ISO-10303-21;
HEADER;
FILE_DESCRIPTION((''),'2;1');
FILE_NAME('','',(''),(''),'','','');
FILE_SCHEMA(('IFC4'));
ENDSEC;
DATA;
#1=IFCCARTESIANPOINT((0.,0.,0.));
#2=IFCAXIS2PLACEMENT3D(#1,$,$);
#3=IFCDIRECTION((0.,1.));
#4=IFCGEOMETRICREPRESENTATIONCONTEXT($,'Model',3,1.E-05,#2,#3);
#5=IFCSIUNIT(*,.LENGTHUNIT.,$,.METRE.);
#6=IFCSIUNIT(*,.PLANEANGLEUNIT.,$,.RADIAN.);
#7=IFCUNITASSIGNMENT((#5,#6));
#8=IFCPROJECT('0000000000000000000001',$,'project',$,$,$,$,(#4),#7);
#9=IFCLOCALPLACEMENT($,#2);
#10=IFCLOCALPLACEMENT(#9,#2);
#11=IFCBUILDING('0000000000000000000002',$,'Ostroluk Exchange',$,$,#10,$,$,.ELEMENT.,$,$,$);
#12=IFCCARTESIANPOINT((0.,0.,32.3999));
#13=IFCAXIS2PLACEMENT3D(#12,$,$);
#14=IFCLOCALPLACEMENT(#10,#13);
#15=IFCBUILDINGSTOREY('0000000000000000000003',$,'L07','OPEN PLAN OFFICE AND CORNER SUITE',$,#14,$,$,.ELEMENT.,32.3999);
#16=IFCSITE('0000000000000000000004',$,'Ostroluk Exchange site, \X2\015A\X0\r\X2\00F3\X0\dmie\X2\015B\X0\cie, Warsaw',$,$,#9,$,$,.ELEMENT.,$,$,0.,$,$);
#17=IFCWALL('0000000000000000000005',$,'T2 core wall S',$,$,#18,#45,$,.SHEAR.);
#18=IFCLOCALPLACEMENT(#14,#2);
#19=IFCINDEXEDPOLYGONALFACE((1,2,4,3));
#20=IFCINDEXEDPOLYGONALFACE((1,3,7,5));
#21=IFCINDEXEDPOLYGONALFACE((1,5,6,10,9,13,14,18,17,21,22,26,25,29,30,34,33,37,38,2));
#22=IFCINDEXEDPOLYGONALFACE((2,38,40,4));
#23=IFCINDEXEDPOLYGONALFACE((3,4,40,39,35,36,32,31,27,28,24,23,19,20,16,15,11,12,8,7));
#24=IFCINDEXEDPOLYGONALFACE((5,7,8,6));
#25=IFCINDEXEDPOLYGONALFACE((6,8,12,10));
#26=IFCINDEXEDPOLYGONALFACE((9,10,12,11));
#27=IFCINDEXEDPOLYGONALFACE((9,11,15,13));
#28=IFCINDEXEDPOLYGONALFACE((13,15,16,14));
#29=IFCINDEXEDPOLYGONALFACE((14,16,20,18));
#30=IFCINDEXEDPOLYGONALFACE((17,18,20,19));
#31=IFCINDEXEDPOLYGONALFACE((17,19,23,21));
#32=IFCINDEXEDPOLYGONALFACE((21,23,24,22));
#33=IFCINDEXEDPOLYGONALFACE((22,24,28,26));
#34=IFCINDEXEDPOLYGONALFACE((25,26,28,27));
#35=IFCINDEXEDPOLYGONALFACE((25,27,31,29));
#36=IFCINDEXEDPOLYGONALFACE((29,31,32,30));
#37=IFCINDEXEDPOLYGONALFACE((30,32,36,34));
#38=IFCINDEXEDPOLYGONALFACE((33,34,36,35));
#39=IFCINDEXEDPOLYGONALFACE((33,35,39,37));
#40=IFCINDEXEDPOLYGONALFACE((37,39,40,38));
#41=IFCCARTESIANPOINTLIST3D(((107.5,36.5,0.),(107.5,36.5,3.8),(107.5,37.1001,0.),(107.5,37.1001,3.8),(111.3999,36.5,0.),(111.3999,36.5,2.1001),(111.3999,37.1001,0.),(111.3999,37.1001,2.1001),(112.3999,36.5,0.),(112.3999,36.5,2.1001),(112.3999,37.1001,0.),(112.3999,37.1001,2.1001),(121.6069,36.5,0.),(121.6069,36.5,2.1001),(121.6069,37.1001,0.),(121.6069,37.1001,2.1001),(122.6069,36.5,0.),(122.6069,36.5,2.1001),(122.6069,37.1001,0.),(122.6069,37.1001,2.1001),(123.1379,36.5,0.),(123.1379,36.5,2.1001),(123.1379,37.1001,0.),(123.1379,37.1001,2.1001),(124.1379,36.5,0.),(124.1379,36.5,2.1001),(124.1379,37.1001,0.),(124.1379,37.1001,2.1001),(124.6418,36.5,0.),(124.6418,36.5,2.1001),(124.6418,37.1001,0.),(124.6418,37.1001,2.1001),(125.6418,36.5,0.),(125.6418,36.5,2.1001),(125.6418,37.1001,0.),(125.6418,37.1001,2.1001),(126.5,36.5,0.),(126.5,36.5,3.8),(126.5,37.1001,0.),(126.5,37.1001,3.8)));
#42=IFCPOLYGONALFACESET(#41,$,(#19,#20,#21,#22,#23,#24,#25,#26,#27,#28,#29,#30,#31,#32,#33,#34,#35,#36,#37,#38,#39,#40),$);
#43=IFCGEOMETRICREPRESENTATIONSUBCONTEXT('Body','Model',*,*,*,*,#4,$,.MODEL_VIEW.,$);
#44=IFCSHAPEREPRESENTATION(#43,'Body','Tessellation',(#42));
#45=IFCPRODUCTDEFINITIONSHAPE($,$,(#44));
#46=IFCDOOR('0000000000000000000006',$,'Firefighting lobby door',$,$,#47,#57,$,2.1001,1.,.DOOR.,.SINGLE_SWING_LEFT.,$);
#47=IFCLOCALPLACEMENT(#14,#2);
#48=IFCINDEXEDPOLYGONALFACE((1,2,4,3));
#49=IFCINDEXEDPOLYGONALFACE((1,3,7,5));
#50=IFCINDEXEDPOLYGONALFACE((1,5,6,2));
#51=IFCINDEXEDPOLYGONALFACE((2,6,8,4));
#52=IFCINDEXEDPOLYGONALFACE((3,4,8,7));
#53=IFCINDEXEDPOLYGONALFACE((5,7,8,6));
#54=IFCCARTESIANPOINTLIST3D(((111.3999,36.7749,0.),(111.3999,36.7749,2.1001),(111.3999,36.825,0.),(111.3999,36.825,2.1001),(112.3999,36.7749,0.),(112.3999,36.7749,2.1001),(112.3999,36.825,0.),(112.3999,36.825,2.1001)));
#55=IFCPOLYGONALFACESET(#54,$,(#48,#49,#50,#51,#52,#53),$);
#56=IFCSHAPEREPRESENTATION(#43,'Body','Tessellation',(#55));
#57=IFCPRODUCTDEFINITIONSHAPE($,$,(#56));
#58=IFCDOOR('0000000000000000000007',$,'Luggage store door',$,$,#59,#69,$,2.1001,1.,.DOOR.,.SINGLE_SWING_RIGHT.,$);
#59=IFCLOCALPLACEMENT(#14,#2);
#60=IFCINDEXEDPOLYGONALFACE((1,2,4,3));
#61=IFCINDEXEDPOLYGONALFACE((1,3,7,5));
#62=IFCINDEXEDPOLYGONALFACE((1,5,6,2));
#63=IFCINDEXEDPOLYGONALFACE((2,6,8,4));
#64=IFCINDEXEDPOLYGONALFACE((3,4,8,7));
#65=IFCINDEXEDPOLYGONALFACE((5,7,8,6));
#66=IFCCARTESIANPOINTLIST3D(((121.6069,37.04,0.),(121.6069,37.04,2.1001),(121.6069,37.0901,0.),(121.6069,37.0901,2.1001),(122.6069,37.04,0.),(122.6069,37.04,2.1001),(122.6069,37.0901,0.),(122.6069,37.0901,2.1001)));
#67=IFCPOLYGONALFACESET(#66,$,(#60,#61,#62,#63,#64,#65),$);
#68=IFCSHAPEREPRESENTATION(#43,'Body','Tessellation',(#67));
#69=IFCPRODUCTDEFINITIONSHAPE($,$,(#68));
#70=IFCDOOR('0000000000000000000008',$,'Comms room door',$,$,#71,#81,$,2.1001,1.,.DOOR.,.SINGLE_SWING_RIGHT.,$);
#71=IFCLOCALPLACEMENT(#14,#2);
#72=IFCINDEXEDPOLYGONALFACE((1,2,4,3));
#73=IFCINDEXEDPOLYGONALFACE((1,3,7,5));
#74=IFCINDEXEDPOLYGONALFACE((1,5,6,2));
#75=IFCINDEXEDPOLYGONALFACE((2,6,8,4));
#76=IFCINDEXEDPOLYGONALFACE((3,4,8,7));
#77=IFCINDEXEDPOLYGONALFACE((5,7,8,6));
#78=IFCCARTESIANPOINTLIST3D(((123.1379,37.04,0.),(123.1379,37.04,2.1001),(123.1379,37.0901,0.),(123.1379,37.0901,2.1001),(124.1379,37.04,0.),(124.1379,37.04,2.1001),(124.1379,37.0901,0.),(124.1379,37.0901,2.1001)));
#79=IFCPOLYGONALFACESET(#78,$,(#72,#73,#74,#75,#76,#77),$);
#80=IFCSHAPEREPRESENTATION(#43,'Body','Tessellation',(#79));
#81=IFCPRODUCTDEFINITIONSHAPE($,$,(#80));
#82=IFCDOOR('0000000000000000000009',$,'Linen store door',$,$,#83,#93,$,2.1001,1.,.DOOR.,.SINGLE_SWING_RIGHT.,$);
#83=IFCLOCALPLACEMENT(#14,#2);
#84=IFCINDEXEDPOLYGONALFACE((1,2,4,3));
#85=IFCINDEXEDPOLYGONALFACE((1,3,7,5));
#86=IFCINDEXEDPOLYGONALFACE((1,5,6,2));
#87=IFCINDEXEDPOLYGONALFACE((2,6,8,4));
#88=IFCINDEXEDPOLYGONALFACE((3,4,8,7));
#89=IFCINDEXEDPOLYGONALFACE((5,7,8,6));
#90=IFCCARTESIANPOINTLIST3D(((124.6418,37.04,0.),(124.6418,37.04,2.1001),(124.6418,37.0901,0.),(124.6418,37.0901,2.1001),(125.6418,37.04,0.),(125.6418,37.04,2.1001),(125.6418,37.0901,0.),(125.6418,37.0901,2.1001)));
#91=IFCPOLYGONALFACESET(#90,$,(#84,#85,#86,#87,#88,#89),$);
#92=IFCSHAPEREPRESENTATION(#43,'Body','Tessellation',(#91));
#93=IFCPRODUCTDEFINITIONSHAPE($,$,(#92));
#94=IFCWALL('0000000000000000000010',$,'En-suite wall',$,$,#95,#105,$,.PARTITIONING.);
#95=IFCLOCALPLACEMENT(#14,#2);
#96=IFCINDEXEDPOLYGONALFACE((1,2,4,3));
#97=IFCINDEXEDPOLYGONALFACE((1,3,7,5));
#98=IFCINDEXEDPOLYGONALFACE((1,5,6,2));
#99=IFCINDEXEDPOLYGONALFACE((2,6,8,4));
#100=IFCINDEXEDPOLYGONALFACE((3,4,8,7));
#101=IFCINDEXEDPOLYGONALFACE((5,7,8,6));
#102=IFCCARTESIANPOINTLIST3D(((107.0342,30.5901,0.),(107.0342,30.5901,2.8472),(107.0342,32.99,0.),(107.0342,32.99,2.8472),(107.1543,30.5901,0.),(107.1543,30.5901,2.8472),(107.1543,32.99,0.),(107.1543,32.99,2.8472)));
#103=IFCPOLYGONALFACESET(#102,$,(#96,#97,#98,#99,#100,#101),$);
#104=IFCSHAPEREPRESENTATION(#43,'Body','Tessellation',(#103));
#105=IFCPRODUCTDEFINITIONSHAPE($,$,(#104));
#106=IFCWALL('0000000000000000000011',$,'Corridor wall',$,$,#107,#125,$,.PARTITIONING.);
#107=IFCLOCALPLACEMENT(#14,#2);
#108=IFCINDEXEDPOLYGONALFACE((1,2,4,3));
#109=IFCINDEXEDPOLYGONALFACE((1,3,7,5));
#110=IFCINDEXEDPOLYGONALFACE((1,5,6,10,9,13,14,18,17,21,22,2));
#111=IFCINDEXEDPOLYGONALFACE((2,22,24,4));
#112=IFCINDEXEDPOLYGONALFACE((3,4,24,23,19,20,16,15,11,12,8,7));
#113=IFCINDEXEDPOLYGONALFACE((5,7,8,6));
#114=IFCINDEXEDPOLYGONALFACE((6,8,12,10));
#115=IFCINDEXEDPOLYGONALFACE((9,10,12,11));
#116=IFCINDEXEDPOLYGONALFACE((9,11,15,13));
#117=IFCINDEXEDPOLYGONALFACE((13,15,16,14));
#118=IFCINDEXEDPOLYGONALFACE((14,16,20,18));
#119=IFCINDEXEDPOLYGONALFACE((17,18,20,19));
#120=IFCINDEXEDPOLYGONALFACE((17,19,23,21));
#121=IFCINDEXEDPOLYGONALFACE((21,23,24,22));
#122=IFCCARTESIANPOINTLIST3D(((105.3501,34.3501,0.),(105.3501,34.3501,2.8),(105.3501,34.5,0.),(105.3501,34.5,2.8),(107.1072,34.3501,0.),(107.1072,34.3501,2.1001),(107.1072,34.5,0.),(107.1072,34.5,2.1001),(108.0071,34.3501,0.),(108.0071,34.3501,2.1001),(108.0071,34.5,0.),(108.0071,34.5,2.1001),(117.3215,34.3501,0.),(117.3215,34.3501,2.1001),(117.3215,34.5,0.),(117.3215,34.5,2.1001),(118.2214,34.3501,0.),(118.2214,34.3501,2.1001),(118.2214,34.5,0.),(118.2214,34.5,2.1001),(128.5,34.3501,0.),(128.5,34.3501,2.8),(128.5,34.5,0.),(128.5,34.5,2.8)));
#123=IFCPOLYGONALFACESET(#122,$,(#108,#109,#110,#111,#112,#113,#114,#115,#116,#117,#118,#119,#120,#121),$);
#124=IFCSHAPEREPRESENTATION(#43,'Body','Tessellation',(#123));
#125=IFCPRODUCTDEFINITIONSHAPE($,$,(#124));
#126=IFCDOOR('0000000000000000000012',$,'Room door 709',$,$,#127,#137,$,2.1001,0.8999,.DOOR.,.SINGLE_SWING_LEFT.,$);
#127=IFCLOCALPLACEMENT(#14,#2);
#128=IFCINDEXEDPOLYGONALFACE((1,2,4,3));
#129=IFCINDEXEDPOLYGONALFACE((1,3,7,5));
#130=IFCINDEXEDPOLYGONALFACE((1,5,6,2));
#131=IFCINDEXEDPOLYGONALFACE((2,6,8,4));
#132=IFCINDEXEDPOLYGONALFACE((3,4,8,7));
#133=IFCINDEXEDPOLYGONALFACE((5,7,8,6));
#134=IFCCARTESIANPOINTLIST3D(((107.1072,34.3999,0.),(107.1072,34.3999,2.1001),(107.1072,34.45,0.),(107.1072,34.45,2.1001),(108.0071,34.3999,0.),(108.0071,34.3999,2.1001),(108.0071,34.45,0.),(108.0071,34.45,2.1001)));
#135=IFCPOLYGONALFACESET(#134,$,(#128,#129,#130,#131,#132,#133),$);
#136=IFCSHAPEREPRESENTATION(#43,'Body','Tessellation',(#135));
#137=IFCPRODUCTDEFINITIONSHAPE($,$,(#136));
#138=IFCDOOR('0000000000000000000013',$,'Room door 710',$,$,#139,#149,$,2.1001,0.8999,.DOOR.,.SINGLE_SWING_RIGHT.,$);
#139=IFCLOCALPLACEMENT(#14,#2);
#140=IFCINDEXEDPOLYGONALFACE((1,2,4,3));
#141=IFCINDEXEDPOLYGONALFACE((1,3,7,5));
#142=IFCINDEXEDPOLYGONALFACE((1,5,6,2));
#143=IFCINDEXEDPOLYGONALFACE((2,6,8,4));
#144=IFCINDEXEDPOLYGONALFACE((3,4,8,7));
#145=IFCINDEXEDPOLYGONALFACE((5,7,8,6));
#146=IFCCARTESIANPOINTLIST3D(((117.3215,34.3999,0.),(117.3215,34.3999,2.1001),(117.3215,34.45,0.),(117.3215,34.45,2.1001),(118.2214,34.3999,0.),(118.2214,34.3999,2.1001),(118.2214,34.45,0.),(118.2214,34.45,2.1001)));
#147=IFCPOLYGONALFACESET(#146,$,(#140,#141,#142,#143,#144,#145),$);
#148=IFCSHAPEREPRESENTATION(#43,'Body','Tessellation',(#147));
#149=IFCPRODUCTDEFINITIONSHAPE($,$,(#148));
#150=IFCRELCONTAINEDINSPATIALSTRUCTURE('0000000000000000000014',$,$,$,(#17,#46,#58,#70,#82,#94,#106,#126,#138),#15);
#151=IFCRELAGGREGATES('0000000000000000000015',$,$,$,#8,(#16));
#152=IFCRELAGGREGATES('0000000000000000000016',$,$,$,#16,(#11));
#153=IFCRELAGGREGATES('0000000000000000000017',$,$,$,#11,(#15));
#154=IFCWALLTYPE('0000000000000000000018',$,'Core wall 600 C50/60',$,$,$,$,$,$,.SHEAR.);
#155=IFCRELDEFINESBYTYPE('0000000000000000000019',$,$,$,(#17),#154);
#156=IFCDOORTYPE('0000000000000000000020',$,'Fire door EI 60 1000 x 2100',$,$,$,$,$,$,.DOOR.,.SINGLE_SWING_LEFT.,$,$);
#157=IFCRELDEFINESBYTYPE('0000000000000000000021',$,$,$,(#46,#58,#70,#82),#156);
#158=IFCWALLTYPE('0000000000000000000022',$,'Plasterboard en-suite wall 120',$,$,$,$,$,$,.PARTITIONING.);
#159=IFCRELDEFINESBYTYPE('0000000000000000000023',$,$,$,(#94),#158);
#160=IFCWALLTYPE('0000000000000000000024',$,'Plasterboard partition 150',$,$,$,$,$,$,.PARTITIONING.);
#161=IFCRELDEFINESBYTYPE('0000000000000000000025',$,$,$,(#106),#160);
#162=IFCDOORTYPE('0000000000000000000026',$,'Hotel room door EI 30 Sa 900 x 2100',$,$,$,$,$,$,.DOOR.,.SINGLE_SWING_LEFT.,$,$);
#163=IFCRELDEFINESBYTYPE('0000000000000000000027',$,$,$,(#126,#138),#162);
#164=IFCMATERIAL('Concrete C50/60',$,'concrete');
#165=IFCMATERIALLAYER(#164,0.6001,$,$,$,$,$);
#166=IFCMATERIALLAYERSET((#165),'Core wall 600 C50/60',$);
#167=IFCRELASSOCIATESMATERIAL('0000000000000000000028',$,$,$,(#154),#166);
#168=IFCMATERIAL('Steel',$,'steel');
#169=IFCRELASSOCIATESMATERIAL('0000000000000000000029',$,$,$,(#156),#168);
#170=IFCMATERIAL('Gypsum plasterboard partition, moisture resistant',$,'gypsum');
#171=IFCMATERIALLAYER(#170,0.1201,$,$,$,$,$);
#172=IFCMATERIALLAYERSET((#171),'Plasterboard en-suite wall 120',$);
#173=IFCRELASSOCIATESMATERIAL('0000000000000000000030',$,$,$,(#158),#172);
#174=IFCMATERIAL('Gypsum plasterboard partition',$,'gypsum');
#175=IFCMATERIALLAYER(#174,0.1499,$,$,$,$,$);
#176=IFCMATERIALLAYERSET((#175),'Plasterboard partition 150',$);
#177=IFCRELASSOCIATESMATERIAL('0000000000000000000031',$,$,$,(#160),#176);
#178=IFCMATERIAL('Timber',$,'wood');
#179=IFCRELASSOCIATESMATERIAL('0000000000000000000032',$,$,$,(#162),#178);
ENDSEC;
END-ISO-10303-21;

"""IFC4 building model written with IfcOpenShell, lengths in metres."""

from ifc_helpers import new_model, si_unit, direction, frame, frame_2d, origin, place, context, subcontext, project, spatial, rectangle, extrude, material, layer, layer_set, type_object, element, fill, save


model = new_model("IFC4")

# Units and contexts
model_context = context("Model", 3, precision=1e-05, world=origin(), true_north=direction((0.0, 1.0)))
body_context = subcontext(model_context, "Body", "Model", "MODEL_VIEW")
ifc_project = project(units=[si_unit("LENGTHUNIT", "METRE"), si_unit("PLANEANGLEUNIT", "RADIAN")], contexts=[model_context])

# Site, building, storey
site_placement = place(None, origin())
site = spatial("IfcSite", under=ifc_project, at=site_placement, Name="Ostroluk Exchange site, Śródmieście, Warsaw", CompositionType="ELEMENT", RefElevation=0.0)
building_placement = place(site_placement, origin())
building = spatial("IfcBuilding", under=site, at=building_placement, Name="Ostroluk Exchange", CompositionType="ELEMENT")
storey_placement = place(building_placement, frame((0.0, 0.0, 32.3999)))
storey = spatial("IfcBuildingStorey", under=building, at=storey_placement, Name="L07", Description="OPEN PLAN OFFICE AND CORNER SUITE", CompositionType="ELEMENT", Elevation=32.3999)

# Wall, openings, doors
ifc_material_1 = material(Name="Concrete C50/60", Category="concrete")
ifc_layer_1 = layer(ifc_material_1, 0.6001)
ifc_layer_set_1 = layer_set([ifc_layer_1], Name="Core wall 600 C50/60")
wall_type_1 = type_object("IfcWallType", Name="Core wall 600 C50/60", PredefinedType="SHEAR", material=ifc_layer_set_1)
wall_1_placement = place(storey_placement, frame((107.5, 36.8, 0.0), z_axis=(0.0, 0.0, 1.0), x_axis=(1.0, 0.0, 0.0)))
wall_1 = element("IfcWall", 1, at=wall_1_placement, inside=storey, type_object=wall_type_1, Name="T2 core wall S", PredefinedType="SHEAR", context=body_context, shape_type="SweptSolid", body=[
    extrude(rectangle(XDim=19.0, YDim=0.6001, at=frame_2d((9.5, 0.0))), origin(), (0.0, 0.0, 1.0), 3.8),
])
opening_1_placement = place(wall_1_placement, frame((3.8999, 0.0, 0.0)))
opening_1 = element("IfcOpeningElement", 2, at=opening_1_placement, cuts=wall_1, PredefinedType="OPENING", context=body_context, shape_type="SweptSolid", body=[
    extrude(rectangle(XDim=1.0, YDim=2.1001, at=frame_2d((0.5, 1.05))), frame((0.0, 0.3101, 0.0), z_axis=(0.0, -1.0, 0.0), x_axis=(1.0, 0.0, 0.0)), (0.0, 0.0, 1.0), 0.6201),
])
opening_2_placement = place(wall_1_placement, frame((14.1069, 0.0, 0.0)))
opening_2 = element("IfcOpeningElement", 3, at=opening_2_placement, cuts=wall_1, PredefinedType="OPENING", context=body_context, shape_type="SweptSolid", body=[
    extrude(rectangle(XDim=1.0, YDim=2.1001, at=frame_2d((0.5, 1.05))), frame((0.0, 0.3101, 0.0), z_axis=(0.0, -1.0, 0.0), x_axis=(1.0, 0.0, 0.0)), (0.0, 0.0, 1.0), 0.6201),
])
opening_3_placement = place(wall_1_placement, frame((15.6379, 0.0, 0.0)))
opening_3 = element("IfcOpeningElement", 4, at=opening_3_placement, cuts=wall_1, PredefinedType="OPENING", context=body_context, shape_type="SweptSolid", body=[
    extrude(rectangle(XDim=1.0, YDim=2.1001, at=frame_2d((0.5, 1.05))), frame((0.0, 0.3101, 0.0), z_axis=(0.0, -1.0, 0.0), x_axis=(1.0, 0.0, 0.0)), (0.0, 0.0, 1.0), 0.6201),
])
opening_4_placement = place(wall_1_placement, frame((17.1418, 0.0, 0.0)))
opening_4 = element("IfcOpeningElement", 5, at=opening_4_placement, cuts=wall_1, PredefinedType="OPENING", context=body_context, shape_type="SweptSolid", body=[
    extrude(rectangle(XDim=1.0, YDim=2.1001, at=frame_2d((0.5, 1.05))), frame((0.0, 0.3101, 0.0), z_axis=(0.0, -1.0, 0.0), x_axis=(1.0, 0.0, 0.0)), (0.0, 0.0, 1.0), 0.6201),
])
ifc_material_2 = material(Name="Steel", Category="steel")
door_type_1 = type_object("IfcDoorType", Name="Fire door EI 60 1000 x 2100", OperationType="SINGLE_SWING_LEFT", PredefinedType="DOOR", material=ifc_material_2)
door_1_placement = place(opening_1_placement, origin())
door_1 = element("IfcDoor", 6, at=door_1_placement, inside=storey, type_object=door_type_1, Name="Firefighting lobby door", OperationType="SINGLE_SWING_LEFT", OverallHeight=2.1001, OverallWidth=1.0, PredefinedType="DOOR", context=body_context, shape_type="SweptSolid", body=[
    extrude(rectangle(XDim=1.0, YDim=2.1001, at=frame_2d((0.5, 1.05))), frame((0.0, 0.0249, 0.0), z_axis=(0.0, -1.0, 0.0), x_axis=(1.0, 0.0, 0.0)), (0.0, 0.0, 1.0), 0.05),
])
fill(opening_1, door_1)
door_2_placement = place(opening_2_placement, origin())
door_2 = element("IfcDoor", 7, at=door_2_placement, inside=storey, type_object=door_type_1, Name="Luggage store door", OperationType="SINGLE_SWING_RIGHT", OverallHeight=2.1001, OverallWidth=1.0, PredefinedType="DOOR", context=body_context, shape_type="SweptSolid", body=[
    extrude(rectangle(XDim=1.0, YDim=2.1001, at=frame_2d((0.5, 1.05))), frame((0.0, 0.29, 0.0), z_axis=(0.0, -1.0, 0.0), x_axis=(1.0, 0.0, 0.0)), (0.0, 0.0, 1.0), 0.05),
])
fill(opening_2, door_2)
door_3_placement = place(opening_3_placement, origin())
door_3 = element("IfcDoor", 8, at=door_3_placement, inside=storey, type_object=door_type_1, Name="Comms room door", OperationType="SINGLE_SWING_RIGHT", OverallHeight=2.1001, OverallWidth=1.0, PredefinedType="DOOR", context=body_context, shape_type="SweptSolid", body=[
    extrude(rectangle(XDim=1.0, YDim=2.1001, at=frame_2d((0.5, 1.05))), frame((0.0, 0.29, 0.0), z_axis=(0.0, -1.0, 0.0), x_axis=(1.0, 0.0, 0.0)), (0.0, 0.0, 1.0), 0.05),
])
fill(opening_3, door_3)
door_4_placement = place(opening_4_placement, origin())
door_4 = element("IfcDoor", 9, at=door_4_placement, inside=storey, type_object=door_type_1, Name="Linen store door", OperationType="SINGLE_SWING_RIGHT", OverallHeight=2.1001, OverallWidth=1.0, PredefinedType="DOOR", context=body_context, shape_type="SweptSolid", body=[
    extrude(rectangle(XDim=1.0, YDim=2.1001, at=frame_2d((0.5, 1.05))), frame((0.0, 0.29, 0.0), z_axis=(0.0, -1.0, 0.0), x_axis=(1.0, 0.0, 0.0)), (0.0, 0.0, 1.0), 0.05),
])
fill(opening_4, door_4)

# Wall
ifc_material_3 = material(Name="Gypsum plasterboard partition, moisture resistant", Category="gypsum")
ifc_layer_2 = layer(ifc_material_3, 0.1201)
ifc_layer_set_2 = layer_set([ifc_layer_2], Name="Plasterboard en-suite wall 120")
wall_type_2 = type_object("IfcWallType", Name="Plasterboard en-suite wall 120", PredefinedType="PARTITIONING", material=ifc_layer_set_2)
wall_2_placement = place(storey_placement, frame((107.0942, 32.99, 0.0), z_axis=(0.0, 0.0, 1.0), x_axis=(0.0, -1.0, 0.0)))
element("IfcWall", 10, at=wall_2_placement, inside=storey, type_object=wall_type_2, Name="En-suite wall", PredefinedType="PARTITIONING", context=body_context, shape_type="SweptSolid", body=[
    extrude(rectangle(XDim=2.3999, YDim=0.1201, at=frame_2d((1.2, 0.0))), origin(), (0.0, 0.0, 1.0), 2.8472),
])

# Wall, openings, doors
ifc_material_4 = material(Name="Gypsum plasterboard partition", Category="gypsum")
ifc_layer_3 = layer(ifc_material_4, 0.1499)
ifc_layer_set_3 = layer_set([ifc_layer_3], Name="Plasterboard partition 150")
wall_type_3 = type_object("IfcWallType", Name="Plasterboard partition 150", PredefinedType="PARTITIONING", material=ifc_layer_set_3)
wall_3_placement = place(storey_placement, frame((105.3501, 34.425, 0.0), z_axis=(0.0, 0.0, 1.0), x_axis=(1.0, 0.0, 0.0)))
wall_3 = element("IfcWall", 11, at=wall_3_placement, inside=storey, type_object=wall_type_3, Name="Corridor wall", PredefinedType="PARTITIONING", context=body_context, shape_type="SweptSolid", body=[
    extrude(rectangle(XDim=23.1499, YDim=0.1499, at=frame_2d((11.575, 0.0))), origin(), (0.0, 0.0, 1.0), 2.8),
])
opening_5_placement = place(wall_3_placement, frame((1.7571, 0.0, 0.0)))
opening_5 = element("IfcOpeningElement", 12, at=opening_5_placement, cuts=wall_3, PredefinedType="OPENING", context=body_context, shape_type="SweptSolid", body=[
    extrude(rectangle(XDim=0.8999, YDim=2.1001, at=frame_2d((0.45, 1.05))), frame((0.0, 0.085, 0.0), z_axis=(0.0, -1.0, 0.0), x_axis=(1.0, 0.0, 0.0)), (0.0, 0.0, 1.0), 0.1699),
])
opening_6_placement = place(wall_3_placement, frame((11.9714, 0.0, 0.0)))
opening_6 = element("IfcOpeningElement", 13, at=opening_6_placement, cuts=wall_3, PredefinedType="OPENING", context=body_context, shape_type="SweptSolid", body=[
    extrude(rectangle(XDim=0.8999, YDim=2.1001, at=frame_2d((0.45, 1.05))), frame((0.0, 0.085, 0.0), z_axis=(0.0, -1.0, 0.0), x_axis=(1.0, 0.0, 0.0)), (0.0, 0.0, 1.0), 0.1699),
])
ifc_material_5 = material(Name="Timber", Category="wood")
door_type_2 = type_object("IfcDoorType", Name="Hotel room door EI 30 Sa 900 x 2100", OperationType="SINGLE_SWING_LEFT", PredefinedType="DOOR", material=ifc_material_5)
door_5_placement = place(opening_5_placement, origin())
door_5 = element("IfcDoor", 14, at=door_5_placement, inside=storey, type_object=door_type_2, Name="Room door 709", OperationType="SINGLE_SWING_LEFT", OverallHeight=2.1001, OverallWidth=0.8999, PredefinedType="DOOR", context=body_context, shape_type="SweptSolid", body=[
    extrude(rectangle(XDim=0.8999, YDim=2.1001, at=frame_2d((0.45, 1.05))), frame((0.0, 0.0249, 0.0), z_axis=(0.0, -1.0, 0.0), x_axis=(1.0, 0.0, 0.0)), (0.0, 0.0, 1.0), 0.05),
])
fill(opening_5, door_5)
door_6_placement = place(opening_6_placement, origin())
door_6 = element("IfcDoor", 15, at=door_6_placement, inside=storey, type_object=door_type_2, Name="Room door 710", OperationType="SINGLE_SWING_RIGHT", OverallHeight=2.1001, OverallWidth=0.8999, PredefinedType="DOOR", context=body_context, shape_type="SweptSolid", body=[
    extrude(rectangle(XDim=0.8999, YDim=2.1001, at=frame_2d((0.45, 1.05))), frame((0.0, 0.0249, 0.0), z_axis=(0.0, -1.0, 0.0), x_axis=(1.0, 0.0, 0.0)), (0.0, 0.0, 1.0), 0.05),
])
fill(opening_6, door_6)

save(model, "model.ifc")
